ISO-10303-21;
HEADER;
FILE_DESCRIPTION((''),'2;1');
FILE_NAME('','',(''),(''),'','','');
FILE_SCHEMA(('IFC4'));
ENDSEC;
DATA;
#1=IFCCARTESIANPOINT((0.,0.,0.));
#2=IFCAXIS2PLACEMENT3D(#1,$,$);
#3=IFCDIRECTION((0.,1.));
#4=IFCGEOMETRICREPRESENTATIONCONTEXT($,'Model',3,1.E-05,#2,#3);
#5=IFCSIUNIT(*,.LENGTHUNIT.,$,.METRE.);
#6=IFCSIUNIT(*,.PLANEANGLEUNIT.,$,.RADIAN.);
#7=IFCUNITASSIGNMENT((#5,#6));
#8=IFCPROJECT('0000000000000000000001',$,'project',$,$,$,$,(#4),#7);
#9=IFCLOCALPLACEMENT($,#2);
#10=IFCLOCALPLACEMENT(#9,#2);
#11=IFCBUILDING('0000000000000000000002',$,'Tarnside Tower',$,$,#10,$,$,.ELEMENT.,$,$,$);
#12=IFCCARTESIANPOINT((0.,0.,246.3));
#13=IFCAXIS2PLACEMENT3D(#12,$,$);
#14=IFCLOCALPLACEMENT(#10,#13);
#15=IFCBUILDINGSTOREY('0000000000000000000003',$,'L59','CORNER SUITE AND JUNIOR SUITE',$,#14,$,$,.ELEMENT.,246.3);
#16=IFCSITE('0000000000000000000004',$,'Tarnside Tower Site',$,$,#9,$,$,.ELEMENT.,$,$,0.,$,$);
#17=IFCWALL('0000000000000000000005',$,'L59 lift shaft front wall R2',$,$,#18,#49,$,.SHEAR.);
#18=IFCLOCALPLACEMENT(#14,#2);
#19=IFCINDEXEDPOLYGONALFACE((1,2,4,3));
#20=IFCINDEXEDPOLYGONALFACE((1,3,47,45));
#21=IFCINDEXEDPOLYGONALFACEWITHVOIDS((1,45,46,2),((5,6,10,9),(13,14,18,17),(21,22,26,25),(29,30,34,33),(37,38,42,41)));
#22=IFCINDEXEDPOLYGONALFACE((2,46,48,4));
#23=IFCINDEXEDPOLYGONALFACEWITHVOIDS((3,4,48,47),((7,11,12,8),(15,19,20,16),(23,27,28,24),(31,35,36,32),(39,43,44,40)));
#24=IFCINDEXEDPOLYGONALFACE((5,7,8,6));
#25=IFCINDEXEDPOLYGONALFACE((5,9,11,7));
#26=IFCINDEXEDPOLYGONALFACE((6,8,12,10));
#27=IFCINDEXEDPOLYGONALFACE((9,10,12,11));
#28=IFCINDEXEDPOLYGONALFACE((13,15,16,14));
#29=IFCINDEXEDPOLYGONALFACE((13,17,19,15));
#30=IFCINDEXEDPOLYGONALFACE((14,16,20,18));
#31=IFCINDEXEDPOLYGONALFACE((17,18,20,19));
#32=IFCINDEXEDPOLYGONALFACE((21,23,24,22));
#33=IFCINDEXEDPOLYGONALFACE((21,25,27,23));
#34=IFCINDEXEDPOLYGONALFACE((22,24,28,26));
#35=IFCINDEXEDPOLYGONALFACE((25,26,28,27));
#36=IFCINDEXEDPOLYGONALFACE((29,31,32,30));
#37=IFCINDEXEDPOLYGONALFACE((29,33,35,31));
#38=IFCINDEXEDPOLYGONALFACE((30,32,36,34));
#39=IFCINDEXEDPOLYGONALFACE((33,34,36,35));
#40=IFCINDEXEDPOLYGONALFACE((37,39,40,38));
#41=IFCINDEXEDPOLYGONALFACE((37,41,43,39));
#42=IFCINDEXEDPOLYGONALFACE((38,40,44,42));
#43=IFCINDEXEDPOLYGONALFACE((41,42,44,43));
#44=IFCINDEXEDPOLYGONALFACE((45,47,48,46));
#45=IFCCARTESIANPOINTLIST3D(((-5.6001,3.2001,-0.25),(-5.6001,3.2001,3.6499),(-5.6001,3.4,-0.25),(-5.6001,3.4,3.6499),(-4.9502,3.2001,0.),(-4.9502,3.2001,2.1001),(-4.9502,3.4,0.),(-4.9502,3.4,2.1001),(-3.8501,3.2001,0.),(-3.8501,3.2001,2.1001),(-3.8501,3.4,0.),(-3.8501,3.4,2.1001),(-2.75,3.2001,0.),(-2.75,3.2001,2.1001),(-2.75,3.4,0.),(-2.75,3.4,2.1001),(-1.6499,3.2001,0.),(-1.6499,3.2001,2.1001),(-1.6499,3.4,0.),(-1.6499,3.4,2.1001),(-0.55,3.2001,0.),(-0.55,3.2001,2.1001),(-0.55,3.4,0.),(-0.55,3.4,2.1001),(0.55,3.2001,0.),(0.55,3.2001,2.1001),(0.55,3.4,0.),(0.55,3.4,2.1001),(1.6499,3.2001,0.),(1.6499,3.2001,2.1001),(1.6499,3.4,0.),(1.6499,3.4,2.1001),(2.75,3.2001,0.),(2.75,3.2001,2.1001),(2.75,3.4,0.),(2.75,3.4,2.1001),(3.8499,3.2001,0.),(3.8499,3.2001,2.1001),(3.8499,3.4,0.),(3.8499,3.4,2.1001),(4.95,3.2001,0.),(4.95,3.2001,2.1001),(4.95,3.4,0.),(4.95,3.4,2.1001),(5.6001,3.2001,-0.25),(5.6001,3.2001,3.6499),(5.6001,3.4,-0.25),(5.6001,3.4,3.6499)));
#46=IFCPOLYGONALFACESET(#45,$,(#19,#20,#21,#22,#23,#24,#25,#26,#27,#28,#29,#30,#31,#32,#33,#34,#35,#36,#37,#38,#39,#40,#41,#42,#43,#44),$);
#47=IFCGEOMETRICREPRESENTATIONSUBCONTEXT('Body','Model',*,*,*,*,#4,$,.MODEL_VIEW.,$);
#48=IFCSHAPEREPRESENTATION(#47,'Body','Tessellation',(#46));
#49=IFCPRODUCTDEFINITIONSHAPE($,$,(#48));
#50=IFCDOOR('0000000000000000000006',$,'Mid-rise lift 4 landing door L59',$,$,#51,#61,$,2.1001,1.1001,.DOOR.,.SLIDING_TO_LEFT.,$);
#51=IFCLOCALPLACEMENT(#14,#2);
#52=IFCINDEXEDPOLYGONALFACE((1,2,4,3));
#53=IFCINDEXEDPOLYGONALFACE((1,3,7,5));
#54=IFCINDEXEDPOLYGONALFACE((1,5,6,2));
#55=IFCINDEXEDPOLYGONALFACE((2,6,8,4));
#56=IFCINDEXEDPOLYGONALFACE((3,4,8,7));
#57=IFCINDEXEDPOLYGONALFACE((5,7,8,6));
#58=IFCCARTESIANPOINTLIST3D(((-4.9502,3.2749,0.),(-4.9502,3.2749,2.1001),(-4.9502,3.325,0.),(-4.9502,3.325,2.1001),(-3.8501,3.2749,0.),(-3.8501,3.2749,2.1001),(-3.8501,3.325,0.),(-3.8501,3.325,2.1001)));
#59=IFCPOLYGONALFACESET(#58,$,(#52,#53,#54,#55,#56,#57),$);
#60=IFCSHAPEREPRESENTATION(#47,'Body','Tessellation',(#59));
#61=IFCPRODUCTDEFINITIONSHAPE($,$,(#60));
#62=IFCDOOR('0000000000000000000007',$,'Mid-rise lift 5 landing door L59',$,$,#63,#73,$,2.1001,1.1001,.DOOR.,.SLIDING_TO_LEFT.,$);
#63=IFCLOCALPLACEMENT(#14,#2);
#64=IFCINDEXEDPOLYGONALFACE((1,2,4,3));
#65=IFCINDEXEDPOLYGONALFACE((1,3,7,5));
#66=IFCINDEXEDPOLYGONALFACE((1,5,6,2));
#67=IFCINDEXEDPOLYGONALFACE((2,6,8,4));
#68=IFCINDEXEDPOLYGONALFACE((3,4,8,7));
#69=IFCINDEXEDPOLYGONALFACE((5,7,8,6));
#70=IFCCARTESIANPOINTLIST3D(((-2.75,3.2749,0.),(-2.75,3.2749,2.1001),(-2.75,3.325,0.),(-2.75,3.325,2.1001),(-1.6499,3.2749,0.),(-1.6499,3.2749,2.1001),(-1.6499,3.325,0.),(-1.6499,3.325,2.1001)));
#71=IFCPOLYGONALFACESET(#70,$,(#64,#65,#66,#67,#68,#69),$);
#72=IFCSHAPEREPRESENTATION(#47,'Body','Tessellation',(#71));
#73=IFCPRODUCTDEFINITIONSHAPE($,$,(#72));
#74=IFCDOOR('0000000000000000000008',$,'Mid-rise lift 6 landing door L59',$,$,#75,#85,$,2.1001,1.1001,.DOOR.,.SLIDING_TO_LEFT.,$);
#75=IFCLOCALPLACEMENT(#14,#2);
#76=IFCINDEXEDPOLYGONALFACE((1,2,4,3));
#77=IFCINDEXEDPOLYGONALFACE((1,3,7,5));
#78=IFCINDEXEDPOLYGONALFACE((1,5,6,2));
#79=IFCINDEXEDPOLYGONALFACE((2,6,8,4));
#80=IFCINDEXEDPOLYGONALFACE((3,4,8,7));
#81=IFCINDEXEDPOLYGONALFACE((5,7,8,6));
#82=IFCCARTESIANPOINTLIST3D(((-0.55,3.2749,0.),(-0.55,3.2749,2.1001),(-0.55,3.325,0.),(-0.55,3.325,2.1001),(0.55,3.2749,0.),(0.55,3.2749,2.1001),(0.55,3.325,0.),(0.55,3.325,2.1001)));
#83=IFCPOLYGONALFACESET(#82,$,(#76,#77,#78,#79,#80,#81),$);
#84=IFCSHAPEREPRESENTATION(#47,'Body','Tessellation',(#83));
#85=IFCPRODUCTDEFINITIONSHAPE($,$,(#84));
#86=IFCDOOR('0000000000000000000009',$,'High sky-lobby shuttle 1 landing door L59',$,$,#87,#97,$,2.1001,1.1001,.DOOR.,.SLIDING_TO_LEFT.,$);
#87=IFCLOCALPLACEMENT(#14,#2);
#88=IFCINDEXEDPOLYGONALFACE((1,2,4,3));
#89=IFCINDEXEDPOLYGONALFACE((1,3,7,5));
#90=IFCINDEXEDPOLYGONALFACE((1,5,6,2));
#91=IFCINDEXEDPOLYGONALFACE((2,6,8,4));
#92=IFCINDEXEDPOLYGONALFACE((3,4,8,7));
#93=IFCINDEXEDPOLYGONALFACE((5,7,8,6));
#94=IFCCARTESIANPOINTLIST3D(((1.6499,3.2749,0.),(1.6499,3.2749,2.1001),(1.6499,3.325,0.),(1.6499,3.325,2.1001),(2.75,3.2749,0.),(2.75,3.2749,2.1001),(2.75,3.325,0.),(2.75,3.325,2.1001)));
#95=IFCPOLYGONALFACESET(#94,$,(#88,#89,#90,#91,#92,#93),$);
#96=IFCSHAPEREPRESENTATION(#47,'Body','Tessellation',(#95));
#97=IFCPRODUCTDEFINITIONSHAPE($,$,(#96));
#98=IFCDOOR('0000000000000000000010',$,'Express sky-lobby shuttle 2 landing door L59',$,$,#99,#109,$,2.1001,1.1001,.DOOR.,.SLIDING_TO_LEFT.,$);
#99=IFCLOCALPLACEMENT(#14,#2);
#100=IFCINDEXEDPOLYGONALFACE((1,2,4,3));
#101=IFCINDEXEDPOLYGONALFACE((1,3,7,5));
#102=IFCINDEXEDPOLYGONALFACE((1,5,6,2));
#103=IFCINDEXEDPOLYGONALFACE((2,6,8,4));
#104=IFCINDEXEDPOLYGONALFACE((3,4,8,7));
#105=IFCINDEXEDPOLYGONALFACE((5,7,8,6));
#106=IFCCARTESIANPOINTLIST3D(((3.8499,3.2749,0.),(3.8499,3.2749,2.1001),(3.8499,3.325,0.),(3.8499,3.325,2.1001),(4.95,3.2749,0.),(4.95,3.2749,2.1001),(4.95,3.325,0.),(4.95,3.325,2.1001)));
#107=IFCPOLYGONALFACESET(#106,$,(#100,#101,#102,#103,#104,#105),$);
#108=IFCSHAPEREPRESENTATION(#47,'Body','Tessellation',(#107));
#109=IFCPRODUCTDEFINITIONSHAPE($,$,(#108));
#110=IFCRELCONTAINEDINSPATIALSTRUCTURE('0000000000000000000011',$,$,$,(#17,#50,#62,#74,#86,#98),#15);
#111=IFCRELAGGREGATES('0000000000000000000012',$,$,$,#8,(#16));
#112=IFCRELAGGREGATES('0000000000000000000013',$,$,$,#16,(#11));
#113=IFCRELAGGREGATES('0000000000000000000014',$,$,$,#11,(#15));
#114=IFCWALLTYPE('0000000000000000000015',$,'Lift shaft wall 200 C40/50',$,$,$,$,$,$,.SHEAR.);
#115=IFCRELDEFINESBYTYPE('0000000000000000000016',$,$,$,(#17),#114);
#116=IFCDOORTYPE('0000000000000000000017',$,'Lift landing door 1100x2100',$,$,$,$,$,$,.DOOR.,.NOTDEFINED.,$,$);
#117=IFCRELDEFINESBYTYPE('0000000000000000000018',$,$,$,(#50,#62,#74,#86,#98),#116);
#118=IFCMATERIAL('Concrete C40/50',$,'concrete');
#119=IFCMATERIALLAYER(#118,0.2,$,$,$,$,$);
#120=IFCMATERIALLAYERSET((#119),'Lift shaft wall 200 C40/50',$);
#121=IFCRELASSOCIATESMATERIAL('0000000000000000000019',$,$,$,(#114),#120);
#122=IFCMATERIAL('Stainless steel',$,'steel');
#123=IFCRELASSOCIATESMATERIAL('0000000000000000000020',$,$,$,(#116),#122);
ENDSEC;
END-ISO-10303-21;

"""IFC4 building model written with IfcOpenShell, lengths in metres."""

from ifc_helpers import new_model, si_unit, direction, frame, frame_2d, origin, place, context, subcontext, project, spatial, rectangle, extrude, material, layer, layer_set, type_object, element, fill, save


model = new_model("IFC4")

# Units and contexts
model_context = context("Model", 3, precision=1e-05, world=origin(), true_north=direction((0.0, 1.0)))
body_context = subcontext(model_context, "Body", "Model", "MODEL_VIEW")
ifc_project = project(units=[si_unit("LENGTHUNIT", "METRE"), si_unit("PLANEANGLEUNIT", "RADIAN")], contexts=[model_context])

# Site, building, storey
site_placement = place(None, origin())
site = spatial("IfcSite", under=ifc_project, at=site_placement, Name="Tarnside Tower Site", CompositionType="ELEMENT", RefElevation=0.0)
building_placement = place(site_placement, origin())
building = spatial("IfcBuilding", under=site, at=building_placement, Name="Tarnside Tower", CompositionType="ELEMENT")
storey_placement = place(building_placement, frame((0.0, 0.0, 246.3)))
storey = spatial("IfcBuildingStorey", under=building, at=storey_placement, Name="L59", Description="CORNER SUITE AND JUNIOR SUITE", CompositionType="ELEMENT", Elevation=246.3)

# Shared definitions
ifc_material_1 = material(Name="Concrete C40/50", Category="concrete")
ifc_layer_1 = layer(ifc_material_1, 0.2)
ifc_layer_set_1 = layer_set([ifc_layer_1], Name="Lift shaft wall 200 C40/50")
wall_type_1 = type_object("IfcWallType", Name="Lift shaft wall 200 C40/50", PredefinedType="SHEAR", material=ifc_layer_set_1)
ifc_material_2 = material(Name="Stainless steel", Category="steel")
door_type_1 = type_object("IfcDoorType", Name="Lift landing door 1100x2100", OperationType="NOTDEFINED", PredefinedType="DOOR", material=ifc_material_2)

# Wall, openings, doors
wall_1_placement = place(storey_placement, frame((-5.6001, 3.3, -0.25), z_axis=(0.0, 0.0, 1.0), x_axis=(1.0, 0.0, 0.0)))
wall_1 = element("IfcWall", 1, at=wall_1_placement, inside=storey, type_object=wall_type_1, Name="L59 lift shaft front wall R2", PredefinedType="SHEAR", context=body_context, shape_type="SweptSolid", body=[
    extrude(rectangle(XDim=11.2002, YDim=0.2, at=frame_2d((5.6001, 0.0))), origin(), (0.0, 0.0, 1.0), 3.8999),
])
opening_1_placement = place(wall_1_placement, frame((0.6499, 0.0, 0.25)))
opening_1 = element("IfcOpeningElement", 2, at=opening_1_placement, cuts=wall_1, PredefinedType="OPENING", context=body_context, shape_type="SweptSolid", body=[
    extrude(rectangle(XDim=1.1001, YDim=2.1001, at=frame_2d((0.55, 1.05))), frame((0.0, 0.1099, 0.0), z_axis=(0.0, -1.0, 0.0), x_axis=(1.0, 0.0, 0.0)), (0.0, 0.0, 1.0), 0.22),
])
opening_2_placement = place(wall_1_placement, frame((2.8501, 0.0, 0.25)))
opening_2 = element("IfcOpeningElement", 3, at=opening_2_placement, cuts=wall_1, PredefinedType="OPENING", context=body_context, shape_type="SweptSolid", body=[
    extrude(rectangle(XDim=1.1001, YDim=2.1001, at=frame_2d((0.55, 1.05))), frame((0.0, 0.1099, 0.0), z_axis=(0.0, -1.0, 0.0), x_axis=(1.0, 0.0, 0.0)), (0.0, 0.0, 1.0), 0.22),
])
opening_3_placement = place(wall_1_placement, frame((5.05, 0.0, 0.25)))
opening_3 = element("IfcOpeningElement", 4, at=opening_3_placement, cuts=wall_1, PredefinedType="OPENING", context=body_context, shape_type="SweptSolid", body=[
    extrude(rectangle(XDim=1.1001, YDim=2.1001, at=frame_2d((0.55, 1.05))), frame((0.0, 0.1099, 0.0), z_axis=(0.0, -1.0, 0.0), x_axis=(1.0, 0.0, 0.0)), (0.0, 0.0, 1.0), 0.22),
])
opening_4_placement = place(wall_1_placement, frame((7.25, 0.0, 0.25)))
opening_4 = element("IfcOpeningElement", 5, at=opening_4_placement, cuts=wall_1, PredefinedType="OPENING", context=body_context, shape_type="SweptSolid", body=[
    extrude(rectangle(XDim=1.1001, YDim=2.1001, at=frame_2d((0.55, 1.05))), frame((0.0, 0.1099, 0.0), z_axis=(0.0, -1.0, 0.0), x_axis=(1.0, 0.0, 0.0)), (0.0, 0.0, 1.0), 0.22),
])
opening_5_placement = place(wall_1_placement, frame((9.45, 0.0, 0.25)))
opening_5 = element("IfcOpeningElement", 6, at=opening_5_placement, cuts=wall_1, PredefinedType="OPENING", context=body_context, shape_type="SweptSolid", body=[
    extrude(rectangle(XDim=1.1001, YDim=2.1001, at=frame_2d((0.55, 1.05))), frame((0.0, 0.1099, 0.0), z_axis=(0.0, -1.0, 0.0), x_axis=(1.0, 0.0, 0.0)), (0.0, 0.0, 1.0), 0.22),
])
door_1_placement = place(opening_1_placement, origin())
door_1 = element("IfcDoor", 7, at=door_1_placement, inside=storey, type_object=door_type_1, Name="Mid-rise lift 4 landing door L59", OperationType="SLIDING_TO_LEFT", OverallHeight=2.1001, OverallWidth=1.1001, PredefinedType="DOOR", context=body_context, shape_type="SweptSolid", body=[
    extrude(rectangle(XDim=1.1001, YDim=2.1001, at=frame_2d((0.55, 1.05))), frame((0.0, 0.0249, 0.0), z_axis=(0.0, -1.0, 0.0), x_axis=(1.0, 0.0, 0.0)), (0.0, 0.0, 1.0), 0.05),
])
fill(opening_1, door_1)
door_2_placement = place(opening_2_placement, origin())
door_2 = element("IfcDoor", 8, at=door_2_placement, inside=storey, type_object=door_type_1, Name="Mid-rise lift 5 landing door L59", OperationType="SLIDING_TO_LEFT", OverallHeight=2.1001, OverallWidth=1.1001, PredefinedType="DOOR", context=body_context, shape_type="SweptSolid", body=[
    extrude(rectangle(XDim=1.1001, YDim=2.1001, at=frame_2d((0.55, 1.05))), frame((0.0, 0.0249, 0.0), z_axis=(0.0, -1.0, 0.0), x_axis=(1.0, 0.0, 0.0)), (0.0, 0.0, 1.0), 0.05),
])
fill(opening_2, door_2)
door_3_placement = place(opening_3_placement, origin())
door_3 = element("IfcDoor", 9, at=door_3_placement, inside=storey, type_object=door_type_1, Name="Mid-rise lift 6 landing door L59", OperationType="SLIDING_TO_LEFT", OverallHeight=2.1001, OverallWidth=1.1001, PredefinedType="DOOR", context=body_context, shape_type="SweptSolid", body=[
    extrude(rectangle(XDim=1.1001, YDim=2.1001, at=frame_2d((0.55, 1.05))), frame((0.0, 0.0249, 0.0), z_axis=(0.0, -1.0, 0.0), x_axis=(1.0, 0.0, 0.0)), (0.0, 0.0, 1.0), 0.05),
])
fill(opening_3, door_3)
door_4_placement = place(opening_4_placement, origin())
door_4 = element("IfcDoor", 10, at=door_4_placement, inside=storey, type_object=door_type_1, Name="High sky-lobby shuttle 1 landing door L59", OperationType="SLIDING_TO_LEFT", OverallHeight=2.1001, OverallWidth=1.1001, PredefinedType="DOOR", context=body_context, shape_type="SweptSolid", body=[
    extrude(rectangle(XDim=1.1001, YDim=2.1001, at=frame_2d((0.55, 1.05))), frame((0.0, 0.0249, 0.0), z_axis=(0.0, -1.0, 0.0), x_axis=(1.0, 0.0, 0.0)), (0.0, 0.0, 1.0), 0.05),
])
fill(opening_4, door_4)
door_5_placement = place(opening_5_placement, origin())
door_5 = element("IfcDoor", 11, at=door_5_placement, inside=storey, type_object=door_type_1, Name="Express sky-lobby shuttle 2 landing door L59", OperationType="SLIDING_TO_LEFT", OverallHeight=2.1001, OverallWidth=1.1001, PredefinedType="DOOR", context=body_context, shape_type="SweptSolid", body=[
    extrude(rectangle(XDim=1.1001, YDim=2.1001, at=frame_2d((0.55, 1.05))), frame((0.0, 0.0249, 0.0), z_axis=(0.0, -1.0, 0.0), x_axis=(1.0, 0.0, 0.0)), (0.0, 0.0, 1.0), 0.05),
])
fill(opening_5, door_5)

save(model, "model.ifc")
